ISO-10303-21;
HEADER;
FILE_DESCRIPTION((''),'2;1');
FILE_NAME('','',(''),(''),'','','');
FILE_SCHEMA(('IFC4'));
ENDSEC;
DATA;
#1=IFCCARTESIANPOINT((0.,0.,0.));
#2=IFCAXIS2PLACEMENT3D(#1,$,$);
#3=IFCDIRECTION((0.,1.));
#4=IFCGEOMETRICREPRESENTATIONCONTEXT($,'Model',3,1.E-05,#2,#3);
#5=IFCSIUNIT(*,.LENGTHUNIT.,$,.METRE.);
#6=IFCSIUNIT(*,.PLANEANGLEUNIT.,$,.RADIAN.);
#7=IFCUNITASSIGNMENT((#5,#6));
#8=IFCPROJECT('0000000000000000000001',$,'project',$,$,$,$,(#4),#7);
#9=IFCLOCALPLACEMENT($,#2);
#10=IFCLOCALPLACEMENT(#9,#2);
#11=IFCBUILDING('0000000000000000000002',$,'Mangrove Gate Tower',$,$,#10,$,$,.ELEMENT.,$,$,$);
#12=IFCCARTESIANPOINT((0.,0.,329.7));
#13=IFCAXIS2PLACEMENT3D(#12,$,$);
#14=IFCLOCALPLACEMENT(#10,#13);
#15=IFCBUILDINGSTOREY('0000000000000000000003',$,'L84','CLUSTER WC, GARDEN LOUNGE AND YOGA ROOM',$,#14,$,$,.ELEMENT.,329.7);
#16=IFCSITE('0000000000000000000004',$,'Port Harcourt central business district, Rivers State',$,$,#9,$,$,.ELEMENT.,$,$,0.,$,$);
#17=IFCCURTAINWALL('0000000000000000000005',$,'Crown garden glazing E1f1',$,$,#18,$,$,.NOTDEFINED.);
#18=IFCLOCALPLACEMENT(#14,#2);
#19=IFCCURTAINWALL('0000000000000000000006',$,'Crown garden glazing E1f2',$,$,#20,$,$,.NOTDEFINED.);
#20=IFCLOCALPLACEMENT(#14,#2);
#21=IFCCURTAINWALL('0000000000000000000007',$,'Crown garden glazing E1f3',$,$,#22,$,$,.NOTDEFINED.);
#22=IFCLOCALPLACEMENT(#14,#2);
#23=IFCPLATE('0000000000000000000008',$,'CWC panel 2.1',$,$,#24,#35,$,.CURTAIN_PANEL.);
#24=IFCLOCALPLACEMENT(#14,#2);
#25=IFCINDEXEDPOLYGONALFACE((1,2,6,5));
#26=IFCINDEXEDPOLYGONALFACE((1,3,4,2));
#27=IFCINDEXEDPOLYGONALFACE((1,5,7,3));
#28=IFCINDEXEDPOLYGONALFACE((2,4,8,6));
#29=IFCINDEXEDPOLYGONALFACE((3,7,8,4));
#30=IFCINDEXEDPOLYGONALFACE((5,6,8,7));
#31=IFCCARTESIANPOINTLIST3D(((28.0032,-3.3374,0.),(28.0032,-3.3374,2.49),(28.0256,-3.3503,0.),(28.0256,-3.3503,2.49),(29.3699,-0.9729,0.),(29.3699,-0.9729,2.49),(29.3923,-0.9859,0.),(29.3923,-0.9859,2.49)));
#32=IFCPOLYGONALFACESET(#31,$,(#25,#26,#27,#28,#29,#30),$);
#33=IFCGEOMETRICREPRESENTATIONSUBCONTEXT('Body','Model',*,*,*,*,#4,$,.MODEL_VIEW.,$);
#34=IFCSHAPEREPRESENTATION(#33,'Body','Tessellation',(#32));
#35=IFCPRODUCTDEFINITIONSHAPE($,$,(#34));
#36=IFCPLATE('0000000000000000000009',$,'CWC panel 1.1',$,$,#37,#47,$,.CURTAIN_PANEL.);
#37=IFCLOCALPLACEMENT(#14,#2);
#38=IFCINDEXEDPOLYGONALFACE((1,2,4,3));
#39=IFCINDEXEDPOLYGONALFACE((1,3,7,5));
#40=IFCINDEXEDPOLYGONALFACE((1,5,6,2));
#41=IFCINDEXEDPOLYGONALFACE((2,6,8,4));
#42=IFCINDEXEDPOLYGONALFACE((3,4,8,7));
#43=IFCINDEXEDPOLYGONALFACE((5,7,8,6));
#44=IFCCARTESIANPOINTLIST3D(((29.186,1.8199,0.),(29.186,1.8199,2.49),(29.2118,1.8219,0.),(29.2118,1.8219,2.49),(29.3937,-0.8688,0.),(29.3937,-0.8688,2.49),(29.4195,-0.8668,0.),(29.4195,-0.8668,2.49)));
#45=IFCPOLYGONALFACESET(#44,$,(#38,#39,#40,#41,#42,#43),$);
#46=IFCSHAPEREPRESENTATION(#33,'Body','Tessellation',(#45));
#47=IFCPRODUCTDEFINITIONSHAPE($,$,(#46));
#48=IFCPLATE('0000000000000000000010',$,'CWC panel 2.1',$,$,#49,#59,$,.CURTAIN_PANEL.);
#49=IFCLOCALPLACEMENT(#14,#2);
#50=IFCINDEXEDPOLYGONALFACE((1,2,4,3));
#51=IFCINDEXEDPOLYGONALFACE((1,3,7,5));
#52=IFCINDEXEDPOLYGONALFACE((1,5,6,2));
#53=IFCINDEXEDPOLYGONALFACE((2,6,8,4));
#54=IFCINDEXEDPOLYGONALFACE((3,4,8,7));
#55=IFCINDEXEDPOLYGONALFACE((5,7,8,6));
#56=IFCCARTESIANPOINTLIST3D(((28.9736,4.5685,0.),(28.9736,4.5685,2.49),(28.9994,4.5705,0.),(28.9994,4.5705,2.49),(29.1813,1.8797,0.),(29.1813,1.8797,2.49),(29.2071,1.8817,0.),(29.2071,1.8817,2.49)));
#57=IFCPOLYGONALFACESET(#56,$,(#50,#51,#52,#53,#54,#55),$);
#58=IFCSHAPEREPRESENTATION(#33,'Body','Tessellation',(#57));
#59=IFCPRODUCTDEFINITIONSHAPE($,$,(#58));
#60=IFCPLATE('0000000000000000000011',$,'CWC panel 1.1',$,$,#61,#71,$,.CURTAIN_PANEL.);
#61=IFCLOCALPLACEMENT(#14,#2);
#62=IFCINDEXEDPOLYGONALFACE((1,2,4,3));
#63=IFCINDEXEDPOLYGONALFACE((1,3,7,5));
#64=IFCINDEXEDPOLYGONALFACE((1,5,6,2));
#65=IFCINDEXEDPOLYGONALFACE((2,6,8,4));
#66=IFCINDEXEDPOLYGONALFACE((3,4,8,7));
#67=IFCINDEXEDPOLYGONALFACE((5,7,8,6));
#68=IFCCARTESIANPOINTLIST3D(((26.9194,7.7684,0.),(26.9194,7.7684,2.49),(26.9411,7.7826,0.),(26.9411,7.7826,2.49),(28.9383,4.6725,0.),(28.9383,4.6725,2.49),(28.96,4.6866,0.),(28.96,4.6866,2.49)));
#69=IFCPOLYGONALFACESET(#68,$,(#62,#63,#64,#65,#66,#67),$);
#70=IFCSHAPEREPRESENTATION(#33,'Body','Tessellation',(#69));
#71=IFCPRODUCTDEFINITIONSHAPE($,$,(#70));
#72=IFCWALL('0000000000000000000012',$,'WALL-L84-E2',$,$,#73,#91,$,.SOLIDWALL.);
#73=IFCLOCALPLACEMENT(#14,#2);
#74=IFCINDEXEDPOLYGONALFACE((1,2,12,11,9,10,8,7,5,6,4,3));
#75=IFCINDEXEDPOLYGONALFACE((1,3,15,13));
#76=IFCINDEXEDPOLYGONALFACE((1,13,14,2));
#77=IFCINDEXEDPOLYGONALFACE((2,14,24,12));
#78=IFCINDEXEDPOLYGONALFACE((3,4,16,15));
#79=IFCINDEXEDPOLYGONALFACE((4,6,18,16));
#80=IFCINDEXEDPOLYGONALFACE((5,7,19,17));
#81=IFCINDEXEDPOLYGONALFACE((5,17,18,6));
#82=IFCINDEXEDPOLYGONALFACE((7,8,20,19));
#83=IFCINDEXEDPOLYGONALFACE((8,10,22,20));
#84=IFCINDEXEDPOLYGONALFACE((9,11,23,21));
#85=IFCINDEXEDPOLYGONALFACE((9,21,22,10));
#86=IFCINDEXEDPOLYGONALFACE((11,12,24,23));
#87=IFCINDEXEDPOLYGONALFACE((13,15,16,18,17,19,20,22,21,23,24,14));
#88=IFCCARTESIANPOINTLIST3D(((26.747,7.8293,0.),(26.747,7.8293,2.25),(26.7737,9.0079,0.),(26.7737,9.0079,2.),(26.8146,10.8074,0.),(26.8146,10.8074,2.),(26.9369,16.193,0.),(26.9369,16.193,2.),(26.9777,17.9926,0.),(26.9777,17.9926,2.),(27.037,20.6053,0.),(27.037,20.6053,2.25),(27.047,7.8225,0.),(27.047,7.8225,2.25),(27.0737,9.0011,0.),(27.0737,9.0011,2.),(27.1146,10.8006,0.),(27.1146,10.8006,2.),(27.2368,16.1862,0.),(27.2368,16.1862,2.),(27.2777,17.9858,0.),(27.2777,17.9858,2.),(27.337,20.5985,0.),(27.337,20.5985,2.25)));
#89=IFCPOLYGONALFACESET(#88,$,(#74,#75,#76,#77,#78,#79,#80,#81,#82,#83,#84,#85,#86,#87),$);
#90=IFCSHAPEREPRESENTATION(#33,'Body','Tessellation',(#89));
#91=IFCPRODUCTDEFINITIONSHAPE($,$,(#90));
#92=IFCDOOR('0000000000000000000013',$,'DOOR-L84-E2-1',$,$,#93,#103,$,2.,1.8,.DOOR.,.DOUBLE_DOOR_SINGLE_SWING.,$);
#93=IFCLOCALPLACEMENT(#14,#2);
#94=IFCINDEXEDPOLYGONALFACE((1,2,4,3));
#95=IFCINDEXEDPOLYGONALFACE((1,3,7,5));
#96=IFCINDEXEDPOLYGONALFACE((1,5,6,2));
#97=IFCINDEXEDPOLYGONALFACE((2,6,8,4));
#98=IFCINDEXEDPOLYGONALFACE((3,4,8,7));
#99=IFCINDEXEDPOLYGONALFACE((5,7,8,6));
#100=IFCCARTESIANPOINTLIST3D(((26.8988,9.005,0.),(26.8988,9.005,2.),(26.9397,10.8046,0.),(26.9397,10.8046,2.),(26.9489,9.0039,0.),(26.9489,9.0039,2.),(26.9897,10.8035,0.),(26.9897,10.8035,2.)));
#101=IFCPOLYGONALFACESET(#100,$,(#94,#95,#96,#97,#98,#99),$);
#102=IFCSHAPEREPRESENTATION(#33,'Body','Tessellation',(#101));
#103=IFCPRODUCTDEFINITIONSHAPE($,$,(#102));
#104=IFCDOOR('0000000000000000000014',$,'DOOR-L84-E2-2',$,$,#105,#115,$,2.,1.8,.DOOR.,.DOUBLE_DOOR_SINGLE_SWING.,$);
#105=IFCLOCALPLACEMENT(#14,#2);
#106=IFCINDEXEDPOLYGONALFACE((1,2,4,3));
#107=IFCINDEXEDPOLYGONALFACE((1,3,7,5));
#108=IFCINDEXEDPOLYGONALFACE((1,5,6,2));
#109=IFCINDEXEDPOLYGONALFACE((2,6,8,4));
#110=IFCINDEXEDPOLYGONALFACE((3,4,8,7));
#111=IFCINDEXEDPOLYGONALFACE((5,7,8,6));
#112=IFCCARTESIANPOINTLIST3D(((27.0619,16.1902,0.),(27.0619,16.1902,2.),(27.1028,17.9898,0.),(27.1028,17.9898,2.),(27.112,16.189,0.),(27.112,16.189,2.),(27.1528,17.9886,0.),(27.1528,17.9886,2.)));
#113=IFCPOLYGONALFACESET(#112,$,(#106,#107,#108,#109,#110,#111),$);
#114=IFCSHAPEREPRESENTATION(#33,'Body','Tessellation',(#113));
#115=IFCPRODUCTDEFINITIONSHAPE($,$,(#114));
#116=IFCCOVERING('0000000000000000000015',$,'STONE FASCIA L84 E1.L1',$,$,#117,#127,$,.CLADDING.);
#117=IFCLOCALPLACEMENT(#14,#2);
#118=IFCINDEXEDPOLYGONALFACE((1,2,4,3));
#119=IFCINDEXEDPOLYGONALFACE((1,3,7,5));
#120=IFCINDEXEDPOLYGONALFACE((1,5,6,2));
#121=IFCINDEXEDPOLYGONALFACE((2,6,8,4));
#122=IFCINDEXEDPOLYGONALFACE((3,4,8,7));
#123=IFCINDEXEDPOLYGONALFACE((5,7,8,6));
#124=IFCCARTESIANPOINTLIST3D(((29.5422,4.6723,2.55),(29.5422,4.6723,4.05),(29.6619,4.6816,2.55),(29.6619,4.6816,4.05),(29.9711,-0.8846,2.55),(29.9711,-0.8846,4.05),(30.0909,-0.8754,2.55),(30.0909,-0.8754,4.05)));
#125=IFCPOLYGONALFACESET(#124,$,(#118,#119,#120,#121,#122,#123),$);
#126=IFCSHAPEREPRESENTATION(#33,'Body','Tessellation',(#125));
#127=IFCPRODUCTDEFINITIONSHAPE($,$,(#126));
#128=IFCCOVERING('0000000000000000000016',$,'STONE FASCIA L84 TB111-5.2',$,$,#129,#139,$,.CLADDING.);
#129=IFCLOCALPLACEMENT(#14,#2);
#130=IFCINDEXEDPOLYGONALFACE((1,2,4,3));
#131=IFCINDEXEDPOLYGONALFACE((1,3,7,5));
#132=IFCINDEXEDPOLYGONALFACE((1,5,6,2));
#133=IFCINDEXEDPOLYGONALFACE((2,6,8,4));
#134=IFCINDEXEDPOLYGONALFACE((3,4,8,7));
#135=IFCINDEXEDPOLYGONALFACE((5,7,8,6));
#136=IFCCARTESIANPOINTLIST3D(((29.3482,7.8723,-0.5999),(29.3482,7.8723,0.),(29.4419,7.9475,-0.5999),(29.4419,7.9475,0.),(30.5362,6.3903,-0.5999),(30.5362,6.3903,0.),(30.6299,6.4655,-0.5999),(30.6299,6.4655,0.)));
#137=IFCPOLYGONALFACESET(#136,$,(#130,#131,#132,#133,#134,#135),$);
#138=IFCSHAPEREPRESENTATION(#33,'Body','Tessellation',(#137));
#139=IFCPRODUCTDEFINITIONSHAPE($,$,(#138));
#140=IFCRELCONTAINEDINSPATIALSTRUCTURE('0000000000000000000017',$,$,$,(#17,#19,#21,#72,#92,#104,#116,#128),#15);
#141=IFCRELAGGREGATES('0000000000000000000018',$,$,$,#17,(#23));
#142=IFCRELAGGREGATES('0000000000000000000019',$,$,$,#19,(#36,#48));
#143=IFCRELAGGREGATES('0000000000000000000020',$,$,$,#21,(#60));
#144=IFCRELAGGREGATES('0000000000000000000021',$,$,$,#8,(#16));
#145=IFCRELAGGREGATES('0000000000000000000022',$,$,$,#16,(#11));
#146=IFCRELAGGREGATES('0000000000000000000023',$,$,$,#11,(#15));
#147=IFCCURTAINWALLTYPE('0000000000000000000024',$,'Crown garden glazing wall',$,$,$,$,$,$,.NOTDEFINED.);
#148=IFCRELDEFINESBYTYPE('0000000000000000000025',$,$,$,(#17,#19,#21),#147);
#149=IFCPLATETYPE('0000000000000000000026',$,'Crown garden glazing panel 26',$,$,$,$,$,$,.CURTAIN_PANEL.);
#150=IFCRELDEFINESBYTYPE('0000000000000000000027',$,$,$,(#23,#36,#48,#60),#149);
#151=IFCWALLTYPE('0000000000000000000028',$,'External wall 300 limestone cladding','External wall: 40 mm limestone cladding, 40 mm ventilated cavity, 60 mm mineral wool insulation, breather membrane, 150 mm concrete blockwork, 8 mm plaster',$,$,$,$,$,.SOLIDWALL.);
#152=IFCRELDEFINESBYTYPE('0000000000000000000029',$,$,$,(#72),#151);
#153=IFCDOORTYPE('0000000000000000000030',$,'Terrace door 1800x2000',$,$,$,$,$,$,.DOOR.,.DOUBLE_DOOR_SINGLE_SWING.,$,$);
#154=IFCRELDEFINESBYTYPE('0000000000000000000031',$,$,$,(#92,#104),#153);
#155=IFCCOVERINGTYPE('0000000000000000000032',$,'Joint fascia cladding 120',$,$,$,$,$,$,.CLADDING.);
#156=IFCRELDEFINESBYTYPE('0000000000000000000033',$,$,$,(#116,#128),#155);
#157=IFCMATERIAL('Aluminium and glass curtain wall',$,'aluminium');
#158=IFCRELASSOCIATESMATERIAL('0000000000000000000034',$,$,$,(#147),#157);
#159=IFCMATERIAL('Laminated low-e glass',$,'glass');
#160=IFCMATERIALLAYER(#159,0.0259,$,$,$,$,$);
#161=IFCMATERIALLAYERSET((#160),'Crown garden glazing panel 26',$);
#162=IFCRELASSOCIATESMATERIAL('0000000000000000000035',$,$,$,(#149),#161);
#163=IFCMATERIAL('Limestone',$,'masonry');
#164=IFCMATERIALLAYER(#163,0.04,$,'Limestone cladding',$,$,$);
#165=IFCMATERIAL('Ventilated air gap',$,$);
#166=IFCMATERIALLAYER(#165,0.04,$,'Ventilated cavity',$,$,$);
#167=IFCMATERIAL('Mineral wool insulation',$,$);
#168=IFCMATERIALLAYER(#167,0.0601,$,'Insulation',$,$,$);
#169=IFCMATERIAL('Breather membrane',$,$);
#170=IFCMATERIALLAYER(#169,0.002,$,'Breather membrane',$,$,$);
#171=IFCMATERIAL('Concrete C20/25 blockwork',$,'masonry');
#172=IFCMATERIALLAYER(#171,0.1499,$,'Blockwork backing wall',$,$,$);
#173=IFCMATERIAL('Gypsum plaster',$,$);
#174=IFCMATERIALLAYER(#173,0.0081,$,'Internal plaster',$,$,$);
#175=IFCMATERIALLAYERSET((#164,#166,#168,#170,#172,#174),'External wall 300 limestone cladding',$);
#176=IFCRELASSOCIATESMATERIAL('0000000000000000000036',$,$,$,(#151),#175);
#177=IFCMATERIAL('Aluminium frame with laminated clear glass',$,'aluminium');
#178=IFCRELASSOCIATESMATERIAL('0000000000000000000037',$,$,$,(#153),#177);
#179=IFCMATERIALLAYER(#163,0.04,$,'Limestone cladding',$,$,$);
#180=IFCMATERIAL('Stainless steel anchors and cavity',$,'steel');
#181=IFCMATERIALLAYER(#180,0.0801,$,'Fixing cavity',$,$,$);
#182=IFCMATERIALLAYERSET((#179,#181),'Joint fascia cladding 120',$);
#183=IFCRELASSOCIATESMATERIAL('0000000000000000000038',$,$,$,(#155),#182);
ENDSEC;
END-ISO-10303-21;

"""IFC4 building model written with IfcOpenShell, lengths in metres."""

from ifc_helpers import new_model, si_unit, direction, frame, frame_2d, origin, origin_2d, place, context, subcontext, project, spatial, rectangle, extrude, material, layer, layer_set, type_object, element, fill, aggregate, save


model = new_model("IFC4")

# Units and contexts
model_context = context("Model", 3, precision=1e-05, world=origin(), true_north=direction((0.0, 1.0)))
body_context = subcontext(model_context, "Body", "Model", "MODEL_VIEW")
ifc_project = project(units=[si_unit("LENGTHUNIT", "METRE"), si_unit("PLANEANGLEUNIT", "RADIAN")], contexts=[model_context])

# Site, building, storey
site_placement = place(None, origin())
site = spatial("IfcSite", under=ifc_project, at=site_placement, Name="Port Harcourt central business district, Rivers State", CompositionType="ELEMENT", RefElevation=0.0)
building_placement = place(site_placement, origin())
building = spatial("IfcBuilding", under=site, at=building_placement, Name="Mangrove Gate Tower", CompositionType="ELEMENT")
storey_placement = place(building_placement, frame((0.0, 0.0, 329.7)))
storey = spatial("IfcBuildingStorey", under=building, at=storey_placement, Name="L84", Description="CLUSTER WC, GARDEN LOUNGE AND YOGA ROOM", CompositionType="ELEMENT", Elevation=329.7)

# Curtain walls
ifc_material_1 = material(Name="Aluminium and glass curtain wall", Category="aluminium")
curtain_wall_type = type_object("IfcCurtainWallType", Name="Crown garden glazing wall", PredefinedType="NOTDEFINED", material=ifc_material_1)
curtain_wall_1_placement = place(storey_placement, origin())
curtain_wall_1 = element("IfcCurtainWall", 1, at=curtain_wall_1_placement, inside=storey, type_object=curtain_wall_type, Name="Crown garden glazing E1f1", PredefinedType="NOTDEFINED")
curtain_wall_2_placement = place(storey_placement, origin())
curtain_wall_2 = element("IfcCurtainWall", 2, at=curtain_wall_2_placement, inside=storey, type_object=curtain_wall_type, Name="Crown garden glazing E1f2", PredefinedType="NOTDEFINED")
curtain_wall_3_placement = place(storey_placement, origin())
curtain_wall_3 = element("IfcCurtainWall", 3, at=curtain_wall_3_placement, inside=storey, type_object=curtain_wall_type, Name="Crown garden glazing E1f3", PredefinedType="NOTDEFINED")

# Plates
ifc_material_2 = material(Name="Laminated low-e glass", Category="glass")
ifc_layer_1 = layer(ifc_material_2, 0.0259)
ifc_layer_set_1 = layer_set([ifc_layer_1], Name="Crown garden glazing panel 26")
plate_type = type_object("IfcPlateType", Name="Crown garden glazing panel 26", PredefinedType="CURTAIN_PANEL", material=ifc_layer_set_1)
plate_1_placement = place(storey_placement, frame((28.6978, -2.1616, 0.0), z_axis=(0.0, 0.0, 1.0), x_axis=(0.500418, 0.865784, 0.0)))
plate_1 = element("IfcPlate", 4, at=plate_1_placement, type_object=plate_type, Name="CWC panel 2.1", PredefinedType="CURTAIN_PANEL", context=body_context, shape_type="SweptSolid", body=[
    extrude(rectangle(XDim=2.731, YDim=0.0259, at=origin_2d()), origin(), (0.0, 0.0, 1.0), 2.49),
])
aggregate(curtain_wall_1, [plate_1])
plate_2_placement = place(storey_placement, frame((29.3027, 0.4766, 0.0), z_axis=(0.0, 0.0, 1.0), x_axis=(-0.077023, 0.997029, 0.0)))
plate_2 = element("IfcPlate", 5, at=plate_2_placement, type_object=plate_type, Name="CWC panel 1.1", PredefinedType="CURTAIN_PANEL", context=body_context, shape_type="SweptSolid", body=[
    extrude(rectangle(XDim=2.6968, YDim=0.0259, at=origin_2d()), origin(), (0.0, 0.0, 1.0), 2.49),
])
plate_3_placement = place(storey_placement, frame((29.0903, 3.2251, 0.0), z_axis=(0.0, 0.0, 1.0), x_axis=(-0.077023, 0.997029, 0.0)))
plate_3 = element("IfcPlate", 6, at=plate_3_placement, type_object=plate_type, Name="CWC panel 2.1", PredefinedType="CURTAIN_PANEL", context=body_context, shape_type="SweptSolid", body=[
    extrude(rectangle(XDim=2.6968, YDim=0.0259, at=origin_2d()), origin(), (0.0, 0.0, 1.0), 2.49),
])
aggregate(curtain_wall_2, [plate_2, plate_3])
plate_4_placement = place(storey_placement, frame((27.9397, 6.2275, 0.0), z_axis=(0.0, 0.0, 1.0), x_axis=(-0.546235, 0.837632, 0.0)))
plate_4 = element("IfcPlate", 7, at=plate_4_placement, type_object=plate_type, Name="CWC panel 1.1", PredefinedType="CURTAIN_PANEL", context=body_context, shape_type="SweptSolid", body=[
    extrude(rectangle(XDim=3.696, YDim=0.0259, at=origin_2d()), origin(), (0.0, 0.0, 1.0), 2.49),
])
aggregate(curtain_wall_3, [plate_4])

# Wall, openings, doors
ifc_material_3 = material(Name="Limestone", Category="masonry")
ifc_layer_2 = layer(ifc_material_3, 0.04, Name="Limestone cladding")
ifc_material_4 = material(Name="Ventilated air gap")
ifc_layer_3 = layer(ifc_material_4, 0.04, Name="Ventilated cavity")
ifc_material_5 = material(Name="Mineral wool insulation")
ifc_layer_4 = layer(ifc_material_5, 0.0601, Name="Insulation")
ifc_material_6 = material(Name="Breather membrane")
ifc_layer_5 = layer(ifc_material_6, 0.002, Name="Breather membrane")
ifc_material_7 = material(Name="Concrete C20/25 blockwork", Category="masonry")
ifc_layer_6 = layer(ifc_material_7, 0.1499, Name="Blockwork backing wall")
ifc_material_8 = material(Name="Gypsum plaster")
ifc_layer_7 = layer(ifc_material_8, 0.0081, Name="Internal plaster")
ifc_layer_set_2 = layer_set([ifc_layer_2, ifc_layer_3, ifc_layer_4, ifc_layer_5, ifc_layer_6, ifc_layer_7], Name="External wall 300 limestone cladding")
wall_type = type_object("IfcWallType", Name="External wall 300 limestone cladding", Description="External wall: 40 mm limestone cladding, 40 mm ventilated cavity, 60 mm mineral wool insulation, breather membrane, 150 mm concrete blockwork, 8 mm plaster", PredefinedType="SOLIDWALL", material=ifc_layer_set_2)
wall_placement = place(storey_placement, frame((26.897, 7.8259, 0.0), z_axis=(0.0, 0.0, 1.0), x_axis=(0.022696, 0.999742, 0.0)))
wall = element("IfcWall", 8, at=wall_placement, inside=storey, type_object=wall_type, Name="WALL-L84-E2", PredefinedType="SOLIDWALL", context=body_context, shape_type="SweptSolid", body=[
    extrude(rectangle(XDim=12.7793, YDim=0.3, at=frame_2d((6.3896, 0.0))), origin(), (0.0, 0.0, 1.0), 2.25),
])
opening_1_placement = place(wall_placement, frame((1.179, 0.0, 0.0)))
opening_1 = element("IfcOpeningElement", 9, at=opening_1_placement, cuts=wall, PredefinedType="OPENING", context=body_context, shape_type="SweptSolid", body=[
    extrude(rectangle(XDim=1.8, YDim=2.0, at=frame_2d((0.8999, 1.0))), frame((0.0, 0.1599, 0.0), z_axis=(0.0, -1.0, 0.0), x_axis=(1.0, 0.0, 0.0)), (0.0, 0.0, 1.0), 0.3201),
])
opening_2_placement = place(wall_placement, frame((8.366, 0.0, 0.0)))
opening_2 = element("IfcOpeningElement", 10, at=opening_2_placement, cuts=wall, PredefinedType="OPENING", context=body_context, shape_type="SweptSolid", body=[
    extrude(rectangle(XDim=1.8, YDim=2.0, at=frame_2d((0.8999, 1.0))), frame((0.0, 0.1599, 0.0), z_axis=(0.0, -1.0, 0.0), x_axis=(1.0, 0.0, 0.0)), (0.0, 0.0, 1.0), 0.3201),
])
ifc_material_9 = material(Name="Aluminium frame with laminated clear glass", Category="aluminium")
door_type = type_object("IfcDoorType", Name="Terrace door 1800x2000", OperationType="DOUBLE_DOOR_SINGLE_SWING", PredefinedType="DOOR", material=ifc_material_9)
door_1_placement = place(opening_1_placement, origin())
door_1 = element("IfcDoor", 11, at=door_1_placement, inside=storey, type_object=door_type, Name="DOOR-L84-E2-1", OperationType="DOUBLE_DOOR_SINGLE_SWING", OverallHeight=2.0, OverallWidth=1.8, PredefinedType="DOOR", context=body_context, shape_type="SweptSolid", body=[
    extrude(rectangle(XDim=1.8, YDim=2.0, at=frame_2d((0.8999, 1.0))), frame((0.0, 0.0249, 0.0), z_axis=(0.0, -1.0, 0.0), x_axis=(1.0, 0.0, 0.0)), (0.0, 0.0, 1.0), 0.05),
])
fill(opening_1, door_1)
door_2_placement = place(opening_2_placement, origin())
door_2 = element("IfcDoor", 12, at=door_2_placement, inside=storey, type_object=door_type, Name="DOOR-L84-E2-2", OperationType="DOUBLE_DOOR_SINGLE_SWING", OverallHeight=2.0, OverallWidth=1.8, PredefinedType="DOOR", context=body_context, shape_type="SweptSolid", body=[
    extrude(rectangle(XDim=1.8, YDim=2.0, at=frame_2d((0.8999, 1.0))), frame((0.0, 0.0249, 0.0), z_axis=(0.0, -1.0, 0.0), x_axis=(1.0, 0.0, 0.0)), (0.0, 0.0, 1.0), 0.05),
])
fill(opening_2, door_2)

# Coverings
ifc_layer_8 = layer(ifc_material_3, 0.04, Name="Limestone cladding")
ifc_material_10 = material(Name="Stainless steel anchors and cavity", Category="steel")
ifc_layer_9 = layer(ifc_material_10, 0.0801, Name="Fixing cavity")
ifc_layer_set_3 = layer_set([ifc_layer_8, ifc_layer_9], Name="Joint fascia cladding 120")
covering_type = type_object("IfcCoveringType", Name="Joint fascia cladding 120", PredefinedType="CLADDING", material=ifc_layer_set_3)
covering_1_placement = place(storey_placement, frame((30.031, -0.8799, 2.55), z_axis=(0.0, 0.0, 1.0), x_axis=(-0.076964, 0.997034, 0.0)))
element("IfcCovering", 13, at=covering_1_placement, inside=storey, type_object=covering_type, Name="STONE FASCIA L84 E1.L1", PredefinedType="CLADDING", context=body_context, shape_type="SweptSolid", body=[
    extrude(rectangle(XDim=5.5735, YDim=0.1201, at=frame_2d((2.7866, 0.0))), origin(), (0.0, 0.0, 1.0), 1.5),
])
covering_2_placement = place(storey_placement, frame((29.395, 7.9099, -0.5999), z_axis=(0.0, 0.0, 1.0), x_axis=(0.625479, -0.780241, 0.0)))
element("IfcCovering", 14, at=covering_2_placement, inside=storey, type_object=covering_type, Name="STONE FASCIA L84 TB111-5.2", PredefinedType="CLADDING", context=body_context, shape_type="SweptSolid", body=[
    extrude(rectangle(XDim=1.8994, YDim=0.1201, at=frame_2d((0.9497, 0.0))), origin(), (0.0, 0.0, 1.0), 0.5999),
])

save(model, "model.ifc")
